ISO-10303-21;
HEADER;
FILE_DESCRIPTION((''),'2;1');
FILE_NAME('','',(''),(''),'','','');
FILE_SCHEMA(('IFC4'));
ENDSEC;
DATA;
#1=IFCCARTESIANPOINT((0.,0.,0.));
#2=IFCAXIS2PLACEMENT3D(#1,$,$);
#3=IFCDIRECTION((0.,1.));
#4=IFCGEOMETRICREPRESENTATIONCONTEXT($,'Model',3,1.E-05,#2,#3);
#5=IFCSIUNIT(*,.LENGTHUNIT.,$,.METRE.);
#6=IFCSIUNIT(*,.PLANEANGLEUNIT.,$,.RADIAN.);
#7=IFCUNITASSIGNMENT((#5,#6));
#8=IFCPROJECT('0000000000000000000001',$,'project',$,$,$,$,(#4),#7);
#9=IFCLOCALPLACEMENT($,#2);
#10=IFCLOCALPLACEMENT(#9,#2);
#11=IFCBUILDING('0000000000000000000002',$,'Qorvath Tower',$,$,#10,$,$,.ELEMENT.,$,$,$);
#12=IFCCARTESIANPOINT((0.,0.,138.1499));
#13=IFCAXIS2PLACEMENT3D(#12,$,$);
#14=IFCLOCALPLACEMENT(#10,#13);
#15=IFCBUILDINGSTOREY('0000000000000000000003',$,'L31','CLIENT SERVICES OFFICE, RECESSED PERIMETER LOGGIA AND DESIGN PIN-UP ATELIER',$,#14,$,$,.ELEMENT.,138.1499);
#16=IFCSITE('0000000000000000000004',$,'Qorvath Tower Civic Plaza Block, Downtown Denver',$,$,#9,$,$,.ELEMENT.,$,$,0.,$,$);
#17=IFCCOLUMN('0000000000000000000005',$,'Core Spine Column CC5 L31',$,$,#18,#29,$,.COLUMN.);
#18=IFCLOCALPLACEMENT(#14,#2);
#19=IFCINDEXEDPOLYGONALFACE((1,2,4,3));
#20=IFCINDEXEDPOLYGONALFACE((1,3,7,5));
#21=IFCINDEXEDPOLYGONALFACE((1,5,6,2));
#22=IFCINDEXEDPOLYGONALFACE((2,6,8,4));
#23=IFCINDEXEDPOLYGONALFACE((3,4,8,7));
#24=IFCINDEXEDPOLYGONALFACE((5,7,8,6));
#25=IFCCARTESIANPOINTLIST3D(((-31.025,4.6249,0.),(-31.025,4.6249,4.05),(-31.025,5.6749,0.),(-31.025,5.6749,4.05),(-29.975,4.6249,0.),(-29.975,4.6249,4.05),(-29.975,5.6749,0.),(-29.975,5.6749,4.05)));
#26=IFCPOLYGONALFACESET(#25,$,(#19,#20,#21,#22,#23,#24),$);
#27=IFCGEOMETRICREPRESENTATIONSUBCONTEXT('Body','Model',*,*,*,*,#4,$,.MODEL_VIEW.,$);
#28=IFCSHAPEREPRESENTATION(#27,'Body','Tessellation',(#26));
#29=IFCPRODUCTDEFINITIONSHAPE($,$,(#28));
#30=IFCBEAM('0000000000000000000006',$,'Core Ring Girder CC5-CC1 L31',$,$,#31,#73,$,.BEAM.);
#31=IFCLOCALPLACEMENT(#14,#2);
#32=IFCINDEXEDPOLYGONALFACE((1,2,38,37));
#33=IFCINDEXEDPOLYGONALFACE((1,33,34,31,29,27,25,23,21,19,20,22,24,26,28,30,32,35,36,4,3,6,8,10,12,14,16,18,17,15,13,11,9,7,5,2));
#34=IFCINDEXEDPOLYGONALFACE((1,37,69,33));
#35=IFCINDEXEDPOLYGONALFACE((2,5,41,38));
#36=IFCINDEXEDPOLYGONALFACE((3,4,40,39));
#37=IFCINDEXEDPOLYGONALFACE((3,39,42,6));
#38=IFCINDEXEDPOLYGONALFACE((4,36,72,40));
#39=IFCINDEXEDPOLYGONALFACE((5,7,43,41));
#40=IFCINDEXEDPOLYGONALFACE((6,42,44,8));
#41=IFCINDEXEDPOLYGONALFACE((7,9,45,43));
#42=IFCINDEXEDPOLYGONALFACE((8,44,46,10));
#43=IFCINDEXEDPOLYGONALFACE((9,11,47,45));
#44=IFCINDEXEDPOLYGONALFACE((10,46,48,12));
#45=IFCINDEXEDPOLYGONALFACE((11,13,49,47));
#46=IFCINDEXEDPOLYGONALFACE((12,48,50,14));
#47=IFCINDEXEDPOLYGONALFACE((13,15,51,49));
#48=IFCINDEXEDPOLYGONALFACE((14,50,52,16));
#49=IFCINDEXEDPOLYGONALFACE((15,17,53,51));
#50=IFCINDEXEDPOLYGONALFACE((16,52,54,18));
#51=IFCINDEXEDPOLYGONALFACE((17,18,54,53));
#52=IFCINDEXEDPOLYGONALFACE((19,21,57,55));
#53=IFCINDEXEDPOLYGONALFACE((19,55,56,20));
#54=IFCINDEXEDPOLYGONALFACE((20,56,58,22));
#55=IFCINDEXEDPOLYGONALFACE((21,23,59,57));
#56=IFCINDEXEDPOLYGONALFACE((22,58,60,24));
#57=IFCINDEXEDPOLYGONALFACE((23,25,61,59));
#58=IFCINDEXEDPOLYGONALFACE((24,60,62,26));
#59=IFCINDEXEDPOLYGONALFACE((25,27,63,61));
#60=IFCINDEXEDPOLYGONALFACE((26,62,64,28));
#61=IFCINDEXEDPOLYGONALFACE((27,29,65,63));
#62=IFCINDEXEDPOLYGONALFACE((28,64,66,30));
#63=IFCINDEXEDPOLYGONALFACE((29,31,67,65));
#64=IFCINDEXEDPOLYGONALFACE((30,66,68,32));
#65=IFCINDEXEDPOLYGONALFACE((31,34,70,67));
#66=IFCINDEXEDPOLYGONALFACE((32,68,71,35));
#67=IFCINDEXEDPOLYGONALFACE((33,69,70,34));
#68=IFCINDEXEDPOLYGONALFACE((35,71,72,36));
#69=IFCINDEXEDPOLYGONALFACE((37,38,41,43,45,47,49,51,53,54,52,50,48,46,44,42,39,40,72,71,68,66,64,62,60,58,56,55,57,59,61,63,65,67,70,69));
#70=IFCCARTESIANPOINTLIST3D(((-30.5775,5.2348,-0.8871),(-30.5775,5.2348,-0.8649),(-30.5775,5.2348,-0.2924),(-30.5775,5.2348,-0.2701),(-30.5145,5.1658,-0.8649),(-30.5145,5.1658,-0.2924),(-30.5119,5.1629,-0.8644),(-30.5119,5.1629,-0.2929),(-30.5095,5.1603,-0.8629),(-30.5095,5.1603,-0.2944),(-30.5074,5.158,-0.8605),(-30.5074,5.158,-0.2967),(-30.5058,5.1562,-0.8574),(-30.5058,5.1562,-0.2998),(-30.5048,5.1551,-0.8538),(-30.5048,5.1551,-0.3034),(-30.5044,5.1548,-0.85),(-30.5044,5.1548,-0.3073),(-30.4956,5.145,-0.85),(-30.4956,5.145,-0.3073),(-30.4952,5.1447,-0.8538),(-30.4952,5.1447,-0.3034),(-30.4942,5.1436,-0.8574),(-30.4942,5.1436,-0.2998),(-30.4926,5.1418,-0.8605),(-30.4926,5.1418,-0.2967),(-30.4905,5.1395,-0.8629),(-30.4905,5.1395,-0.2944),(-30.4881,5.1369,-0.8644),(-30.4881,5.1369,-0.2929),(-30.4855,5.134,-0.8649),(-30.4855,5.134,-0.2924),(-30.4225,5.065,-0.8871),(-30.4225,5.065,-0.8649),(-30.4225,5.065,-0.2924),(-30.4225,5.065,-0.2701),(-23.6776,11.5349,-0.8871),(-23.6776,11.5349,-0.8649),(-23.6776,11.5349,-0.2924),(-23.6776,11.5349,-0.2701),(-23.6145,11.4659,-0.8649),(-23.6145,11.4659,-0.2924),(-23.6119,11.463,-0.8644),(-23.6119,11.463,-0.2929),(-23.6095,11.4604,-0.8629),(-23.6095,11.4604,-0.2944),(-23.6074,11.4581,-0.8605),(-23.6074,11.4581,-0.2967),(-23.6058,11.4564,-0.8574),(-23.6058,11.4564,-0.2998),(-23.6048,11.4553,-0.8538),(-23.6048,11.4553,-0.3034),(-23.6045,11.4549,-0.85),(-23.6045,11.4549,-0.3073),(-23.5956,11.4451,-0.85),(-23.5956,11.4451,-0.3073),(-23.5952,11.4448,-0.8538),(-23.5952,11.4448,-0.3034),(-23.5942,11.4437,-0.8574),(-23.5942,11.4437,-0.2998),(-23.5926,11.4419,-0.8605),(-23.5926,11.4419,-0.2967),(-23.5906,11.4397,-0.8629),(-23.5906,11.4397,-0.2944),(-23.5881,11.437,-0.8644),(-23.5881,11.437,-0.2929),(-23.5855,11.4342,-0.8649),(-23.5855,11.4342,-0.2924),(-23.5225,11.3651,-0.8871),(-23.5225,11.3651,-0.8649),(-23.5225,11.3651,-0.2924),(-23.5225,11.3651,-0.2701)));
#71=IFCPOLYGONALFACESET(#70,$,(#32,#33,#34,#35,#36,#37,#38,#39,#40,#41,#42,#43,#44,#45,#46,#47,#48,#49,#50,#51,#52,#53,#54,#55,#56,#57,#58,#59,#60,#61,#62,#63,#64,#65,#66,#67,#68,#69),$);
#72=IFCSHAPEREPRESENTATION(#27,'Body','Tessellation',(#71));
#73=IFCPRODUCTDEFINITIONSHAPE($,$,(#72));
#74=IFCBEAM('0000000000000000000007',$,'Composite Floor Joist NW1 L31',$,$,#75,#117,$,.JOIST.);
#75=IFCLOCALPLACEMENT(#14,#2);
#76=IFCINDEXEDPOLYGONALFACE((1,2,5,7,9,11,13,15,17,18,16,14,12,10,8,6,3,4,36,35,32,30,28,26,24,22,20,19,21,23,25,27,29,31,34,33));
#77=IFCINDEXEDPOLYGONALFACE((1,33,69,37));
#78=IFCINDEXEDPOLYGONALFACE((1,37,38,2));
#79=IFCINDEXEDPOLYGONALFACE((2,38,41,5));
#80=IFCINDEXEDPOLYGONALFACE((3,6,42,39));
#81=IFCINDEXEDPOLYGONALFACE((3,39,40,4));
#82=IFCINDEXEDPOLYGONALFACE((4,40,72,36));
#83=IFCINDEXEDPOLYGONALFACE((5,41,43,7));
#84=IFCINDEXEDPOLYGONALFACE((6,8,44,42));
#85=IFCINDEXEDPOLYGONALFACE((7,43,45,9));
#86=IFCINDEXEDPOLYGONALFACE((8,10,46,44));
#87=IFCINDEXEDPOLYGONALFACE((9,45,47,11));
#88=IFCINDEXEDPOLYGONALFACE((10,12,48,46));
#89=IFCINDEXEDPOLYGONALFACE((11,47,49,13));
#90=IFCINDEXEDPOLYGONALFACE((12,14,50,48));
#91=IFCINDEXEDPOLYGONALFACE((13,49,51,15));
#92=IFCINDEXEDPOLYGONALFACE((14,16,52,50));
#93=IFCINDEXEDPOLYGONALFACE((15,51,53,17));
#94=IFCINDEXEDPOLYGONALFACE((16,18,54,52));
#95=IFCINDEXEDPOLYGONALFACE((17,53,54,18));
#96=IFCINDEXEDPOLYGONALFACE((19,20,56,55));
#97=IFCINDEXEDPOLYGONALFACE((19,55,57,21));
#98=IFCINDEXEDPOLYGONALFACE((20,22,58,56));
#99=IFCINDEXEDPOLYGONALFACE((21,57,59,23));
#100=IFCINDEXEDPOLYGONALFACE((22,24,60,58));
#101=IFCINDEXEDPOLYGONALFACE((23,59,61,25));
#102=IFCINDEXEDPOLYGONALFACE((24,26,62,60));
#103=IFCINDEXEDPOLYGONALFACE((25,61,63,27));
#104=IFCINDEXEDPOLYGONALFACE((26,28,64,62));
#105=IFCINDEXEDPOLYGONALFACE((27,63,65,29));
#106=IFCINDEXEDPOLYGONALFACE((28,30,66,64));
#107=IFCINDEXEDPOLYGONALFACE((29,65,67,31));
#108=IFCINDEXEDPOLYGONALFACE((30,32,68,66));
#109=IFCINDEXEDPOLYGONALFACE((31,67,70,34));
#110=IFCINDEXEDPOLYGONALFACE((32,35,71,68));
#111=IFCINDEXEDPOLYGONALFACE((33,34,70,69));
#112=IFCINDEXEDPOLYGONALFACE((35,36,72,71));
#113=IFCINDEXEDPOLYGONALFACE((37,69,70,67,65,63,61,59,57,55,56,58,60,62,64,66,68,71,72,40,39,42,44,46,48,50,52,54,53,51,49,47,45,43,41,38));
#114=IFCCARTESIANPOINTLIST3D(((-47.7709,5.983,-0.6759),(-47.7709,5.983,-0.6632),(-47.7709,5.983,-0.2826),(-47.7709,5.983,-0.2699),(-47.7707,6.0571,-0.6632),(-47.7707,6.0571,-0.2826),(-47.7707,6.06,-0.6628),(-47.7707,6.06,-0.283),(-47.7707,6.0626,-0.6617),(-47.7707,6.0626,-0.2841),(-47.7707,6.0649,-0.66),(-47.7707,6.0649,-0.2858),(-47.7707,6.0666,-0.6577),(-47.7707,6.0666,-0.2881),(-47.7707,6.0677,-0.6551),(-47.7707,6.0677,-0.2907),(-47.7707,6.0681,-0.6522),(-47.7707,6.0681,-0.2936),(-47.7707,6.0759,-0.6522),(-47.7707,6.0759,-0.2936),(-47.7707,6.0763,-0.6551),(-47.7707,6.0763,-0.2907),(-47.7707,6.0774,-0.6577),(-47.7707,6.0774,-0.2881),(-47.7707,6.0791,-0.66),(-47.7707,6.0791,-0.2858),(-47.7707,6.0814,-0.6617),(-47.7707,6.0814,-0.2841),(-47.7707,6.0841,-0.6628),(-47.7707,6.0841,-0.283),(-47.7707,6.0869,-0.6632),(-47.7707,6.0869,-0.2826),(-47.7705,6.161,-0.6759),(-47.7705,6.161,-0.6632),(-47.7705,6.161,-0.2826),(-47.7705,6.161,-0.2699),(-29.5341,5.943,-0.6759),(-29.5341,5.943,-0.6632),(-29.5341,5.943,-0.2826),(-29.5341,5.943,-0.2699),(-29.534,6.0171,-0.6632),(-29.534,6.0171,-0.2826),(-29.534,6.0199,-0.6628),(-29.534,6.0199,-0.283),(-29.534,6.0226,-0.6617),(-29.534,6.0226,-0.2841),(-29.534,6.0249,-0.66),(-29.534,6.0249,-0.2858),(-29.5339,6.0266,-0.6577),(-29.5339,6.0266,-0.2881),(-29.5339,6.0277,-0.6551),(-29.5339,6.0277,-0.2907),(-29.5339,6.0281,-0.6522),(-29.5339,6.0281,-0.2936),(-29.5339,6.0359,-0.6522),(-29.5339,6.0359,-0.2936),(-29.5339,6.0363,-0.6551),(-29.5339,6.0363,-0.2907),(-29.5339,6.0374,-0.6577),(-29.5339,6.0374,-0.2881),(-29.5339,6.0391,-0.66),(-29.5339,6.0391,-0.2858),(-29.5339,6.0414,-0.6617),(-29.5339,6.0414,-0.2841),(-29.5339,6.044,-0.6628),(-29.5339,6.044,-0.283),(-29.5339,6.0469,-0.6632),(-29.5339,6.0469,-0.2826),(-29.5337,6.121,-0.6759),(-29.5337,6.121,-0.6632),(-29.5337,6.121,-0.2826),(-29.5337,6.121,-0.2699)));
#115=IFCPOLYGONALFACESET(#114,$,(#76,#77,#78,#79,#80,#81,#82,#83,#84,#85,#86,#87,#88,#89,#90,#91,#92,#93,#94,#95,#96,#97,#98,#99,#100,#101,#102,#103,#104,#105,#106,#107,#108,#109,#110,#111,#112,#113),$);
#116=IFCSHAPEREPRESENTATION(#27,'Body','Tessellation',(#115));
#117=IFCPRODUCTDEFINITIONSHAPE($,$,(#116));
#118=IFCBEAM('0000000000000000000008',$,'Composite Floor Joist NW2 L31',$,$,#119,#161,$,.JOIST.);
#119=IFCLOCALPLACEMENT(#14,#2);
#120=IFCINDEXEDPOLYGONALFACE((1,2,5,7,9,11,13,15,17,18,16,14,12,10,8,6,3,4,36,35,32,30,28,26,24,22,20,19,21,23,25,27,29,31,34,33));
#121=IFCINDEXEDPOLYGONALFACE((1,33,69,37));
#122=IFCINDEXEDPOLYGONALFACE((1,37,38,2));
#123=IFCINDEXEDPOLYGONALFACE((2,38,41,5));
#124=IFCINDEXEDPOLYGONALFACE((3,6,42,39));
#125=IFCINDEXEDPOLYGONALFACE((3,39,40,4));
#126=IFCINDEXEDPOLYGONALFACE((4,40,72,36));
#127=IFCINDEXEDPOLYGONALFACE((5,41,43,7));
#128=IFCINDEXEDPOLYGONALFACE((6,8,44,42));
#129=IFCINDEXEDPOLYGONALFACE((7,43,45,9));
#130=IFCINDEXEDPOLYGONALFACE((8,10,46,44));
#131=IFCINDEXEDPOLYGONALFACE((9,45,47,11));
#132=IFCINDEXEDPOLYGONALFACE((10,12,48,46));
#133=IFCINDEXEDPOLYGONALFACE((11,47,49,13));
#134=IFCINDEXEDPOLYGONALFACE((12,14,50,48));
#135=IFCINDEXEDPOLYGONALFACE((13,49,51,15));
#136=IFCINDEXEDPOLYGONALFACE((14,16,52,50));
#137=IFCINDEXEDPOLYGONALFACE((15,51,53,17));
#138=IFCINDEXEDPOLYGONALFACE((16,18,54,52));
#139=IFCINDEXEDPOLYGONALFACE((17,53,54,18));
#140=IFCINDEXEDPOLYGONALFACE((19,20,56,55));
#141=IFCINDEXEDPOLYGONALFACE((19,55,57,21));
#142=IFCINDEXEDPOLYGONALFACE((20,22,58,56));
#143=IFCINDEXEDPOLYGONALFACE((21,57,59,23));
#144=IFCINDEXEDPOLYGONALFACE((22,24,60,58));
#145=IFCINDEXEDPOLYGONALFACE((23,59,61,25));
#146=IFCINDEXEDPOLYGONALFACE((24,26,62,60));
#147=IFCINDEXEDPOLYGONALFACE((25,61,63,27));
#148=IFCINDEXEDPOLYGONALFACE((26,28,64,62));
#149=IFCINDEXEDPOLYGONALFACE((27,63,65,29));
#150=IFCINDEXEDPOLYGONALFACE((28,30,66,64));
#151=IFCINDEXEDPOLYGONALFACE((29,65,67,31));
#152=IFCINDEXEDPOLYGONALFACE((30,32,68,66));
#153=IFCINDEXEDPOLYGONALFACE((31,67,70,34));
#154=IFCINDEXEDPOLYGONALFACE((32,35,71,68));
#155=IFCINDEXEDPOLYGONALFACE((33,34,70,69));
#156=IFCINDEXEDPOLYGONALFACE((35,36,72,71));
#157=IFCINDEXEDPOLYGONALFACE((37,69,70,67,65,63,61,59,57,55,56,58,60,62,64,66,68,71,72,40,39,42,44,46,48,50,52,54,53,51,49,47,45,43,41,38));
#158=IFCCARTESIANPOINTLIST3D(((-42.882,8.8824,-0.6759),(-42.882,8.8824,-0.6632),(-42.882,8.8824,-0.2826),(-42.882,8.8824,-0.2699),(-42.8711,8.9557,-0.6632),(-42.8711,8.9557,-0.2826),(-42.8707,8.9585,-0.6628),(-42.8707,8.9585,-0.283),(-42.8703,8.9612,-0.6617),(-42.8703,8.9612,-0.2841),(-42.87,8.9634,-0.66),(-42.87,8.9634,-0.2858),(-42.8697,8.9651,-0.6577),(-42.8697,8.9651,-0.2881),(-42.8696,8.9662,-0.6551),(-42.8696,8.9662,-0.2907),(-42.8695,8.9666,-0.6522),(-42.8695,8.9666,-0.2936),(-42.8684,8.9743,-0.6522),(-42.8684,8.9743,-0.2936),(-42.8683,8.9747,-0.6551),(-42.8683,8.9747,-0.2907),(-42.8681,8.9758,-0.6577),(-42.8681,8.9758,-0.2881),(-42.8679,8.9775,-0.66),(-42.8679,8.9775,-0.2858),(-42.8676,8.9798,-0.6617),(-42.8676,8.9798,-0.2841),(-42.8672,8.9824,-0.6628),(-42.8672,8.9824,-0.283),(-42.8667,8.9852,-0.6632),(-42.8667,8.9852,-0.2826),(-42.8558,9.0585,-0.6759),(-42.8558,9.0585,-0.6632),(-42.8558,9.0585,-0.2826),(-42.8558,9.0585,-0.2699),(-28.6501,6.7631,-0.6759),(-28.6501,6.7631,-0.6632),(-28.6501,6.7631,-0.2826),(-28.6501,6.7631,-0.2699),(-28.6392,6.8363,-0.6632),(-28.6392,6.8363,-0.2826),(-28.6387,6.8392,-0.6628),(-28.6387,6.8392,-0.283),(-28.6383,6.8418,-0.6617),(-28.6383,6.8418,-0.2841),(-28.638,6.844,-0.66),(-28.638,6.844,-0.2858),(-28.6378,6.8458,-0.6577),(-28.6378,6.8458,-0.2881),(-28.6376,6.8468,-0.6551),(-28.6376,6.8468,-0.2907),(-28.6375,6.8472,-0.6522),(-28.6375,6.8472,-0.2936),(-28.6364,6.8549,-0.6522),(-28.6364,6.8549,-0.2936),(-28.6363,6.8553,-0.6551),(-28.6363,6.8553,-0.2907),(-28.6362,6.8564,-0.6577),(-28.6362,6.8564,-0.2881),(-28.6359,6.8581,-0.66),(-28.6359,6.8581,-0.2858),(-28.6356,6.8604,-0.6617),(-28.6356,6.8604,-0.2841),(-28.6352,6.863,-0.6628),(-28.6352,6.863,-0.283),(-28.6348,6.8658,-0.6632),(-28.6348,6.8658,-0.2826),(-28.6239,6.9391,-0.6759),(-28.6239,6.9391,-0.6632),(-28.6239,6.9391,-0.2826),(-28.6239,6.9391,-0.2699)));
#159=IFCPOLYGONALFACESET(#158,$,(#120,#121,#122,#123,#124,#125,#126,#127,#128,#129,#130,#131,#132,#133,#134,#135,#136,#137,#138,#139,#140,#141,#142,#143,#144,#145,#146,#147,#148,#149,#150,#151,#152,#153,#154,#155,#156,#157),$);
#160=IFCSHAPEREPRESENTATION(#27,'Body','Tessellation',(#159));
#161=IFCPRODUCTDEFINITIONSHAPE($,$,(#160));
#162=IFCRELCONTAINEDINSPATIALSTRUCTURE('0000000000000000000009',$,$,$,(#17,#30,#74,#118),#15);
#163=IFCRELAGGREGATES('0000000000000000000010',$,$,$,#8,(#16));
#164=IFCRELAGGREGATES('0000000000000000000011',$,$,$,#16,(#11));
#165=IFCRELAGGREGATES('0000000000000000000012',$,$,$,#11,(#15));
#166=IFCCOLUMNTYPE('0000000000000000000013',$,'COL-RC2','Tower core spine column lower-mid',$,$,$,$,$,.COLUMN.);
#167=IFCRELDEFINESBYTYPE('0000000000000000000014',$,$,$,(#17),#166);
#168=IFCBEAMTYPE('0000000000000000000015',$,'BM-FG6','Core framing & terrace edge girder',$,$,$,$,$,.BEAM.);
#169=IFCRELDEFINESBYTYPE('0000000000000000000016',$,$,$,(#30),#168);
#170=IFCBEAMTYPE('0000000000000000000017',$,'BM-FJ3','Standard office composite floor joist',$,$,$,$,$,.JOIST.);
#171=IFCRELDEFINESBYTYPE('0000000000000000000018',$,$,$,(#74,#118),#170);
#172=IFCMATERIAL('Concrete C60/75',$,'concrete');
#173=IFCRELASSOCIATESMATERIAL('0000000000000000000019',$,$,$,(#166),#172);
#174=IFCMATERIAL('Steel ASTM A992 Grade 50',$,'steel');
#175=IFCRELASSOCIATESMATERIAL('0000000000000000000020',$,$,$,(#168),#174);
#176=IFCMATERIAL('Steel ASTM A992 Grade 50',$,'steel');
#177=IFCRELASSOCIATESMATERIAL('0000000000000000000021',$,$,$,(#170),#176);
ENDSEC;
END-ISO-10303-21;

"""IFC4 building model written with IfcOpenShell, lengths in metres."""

from ifc_helpers import new_model, si_unit, direction, frame, origin, origin_2d, place, context, subcontext, project, spatial, rectangle, i_section, extrude, material, material_profile, profile_set, type_object, element, save


model = new_model("IFC4")

# Units and contexts
model_context = context("Model", 3, precision=1e-05, world=origin(), true_north=direction((0.0, 1.0)))
body_context = subcontext(model_context, "Body", "Model", "MODEL_VIEW")
ifc_project = project(units=[si_unit("LENGTHUNIT", "METRE"), si_unit("PLANEANGLEUNIT", "RADIAN")], contexts=[model_context])

# Site, building, storey
site_placement = place(None, origin())
site = spatial("IfcSite", under=ifc_project, at=site_placement, Name="Qorvath Tower Civic Plaza Block, Downtown Denver", CompositionType="ELEMENT", RefElevation=0.0)
building_placement = place(site_placement, origin())
building = spatial("IfcBuilding", under=site, at=building_placement, Name="Qorvath Tower", CompositionType="ELEMENT")
storey_placement = place(building_placement, frame((0.0, 0.0, 138.1499)))
storey = spatial("IfcBuildingStorey", under=building, at=storey_placement, Name="L31", Description="CLIENT SERVICES OFFICE, RECESSED PERIMETER LOGGIA AND DESIGN PIN-UP ATELIER", CompositionType="ELEMENT", Elevation=138.1499)

# Column
ifc_material_1 = material(Name="Concrete C60/75", Category="concrete")
ifc_material_profile_1 = material_profile(ifc_material_1, rectangle(XDim=1.05, YDim=1.05, at=origin_2d()), Name="RC 1050x1050")
ifc_profile_set_1 = profile_set([ifc_material_profile_1], Name="Concrete C60/75")
column_type = type_object("IfcColumnType", Name="COL-RC2", Description="Tower core spine column lower-mid", PredefinedType="COLUMN", material=ifc_profile_set_1)
column_placement = place(storey_placement, frame((-30.5, 5.1499, 0.0), z_axis=(0.0, 0.0, 1.0), x_axis=(1.0, 0.0, 0.0)))
element("IfcColumn", 1, at=column_placement, inside=storey, type_object=column_type, Name="Core Spine Column CC5 L31", PredefinedType="COLUMN", context=body_context, shape_type="SweptSolid", body=[
    extrude(rectangle(XDim=1.05, YDim=1.05, at=origin_2d()), origin(), (0.0, 0.0, 1.0), 4.05),
])

# Beams
ifc_material_2 = material(Name="Steel ASTM A992 Grade 50", Category="steel")
ifc_material_profile_2 = material_profile(ifc_material_2, i_section(OverallWidth=0.23, OverallDepth=0.6169, WebThickness=0.0132, FlangeThickness=0.0222, FilletRadius=0.0149, at=origin_2d()), Name="W24x94")
ifc_profile_set_2 = profile_set([ifc_material_profile_2], Name="Steel ASTM A992 Grade 50")
beam_type_1 = type_object("IfcBeamType", Name="BM-FG6", Description="Core framing & terrace edge girder", PredefinedType="BEAM", material=ifc_profile_set_2)
beam_1_placement = place(storey_placement, frame((-30.5, 5.1499, -0.5786), z_axis=(0.738478, 0.674277, 0.0), x_axis=(-0.674277, 0.738478, 0.0)))
element("IfcBeam", 2, at=beam_1_placement, inside=storey, type_object=beam_type_1, Name="Core Ring Girder CC5-CC1 L31", PredefinedType="BEAM", context=body_context, shape_type="SweptSolid", body=[
    extrude(i_section(OverallWidth=0.23, OverallDepth=0.6169, WebThickness=0.0132, FlangeThickness=0.0222, FilletRadius=0.0149, at=origin_2d()), origin(), (0.0, 0.0, 1.0), 9.3435),
])
ifc_material_3 = material(Name="Steel ASTM A992 Grade 50", Category="steel")
ifc_material_profile_3 = material_profile(ifc_material_3, i_section(OverallWidth=0.178, OverallDepth=0.406, WebThickness=0.0078, FlangeThickness=0.0127, FilletRadius=0.011, at=origin_2d()), Name="W16x40")
ifc_profile_set_3 = profile_set([ifc_material_profile_3], Name="Steel ASTM A992 Grade 50")
beam_type_2 = type_object("IfcBeamType", Name="BM-FJ3", Description="Standard office composite floor joist", PredefinedType="JOIST", material=ifc_profile_set_3)
beam_2_placement = place(storey_placement, frame((-29.5339, 6.032, -0.4729), z_axis=(-0.999998, 0.002196, 0.0), x_axis=(-0.002196, -0.999998, 0.0)))
element("IfcBeam", 3, at=beam_2_placement, inside=storey, type_object=beam_type_2, Name="Composite Floor Joist NW1 L31", PredefinedType="JOIST", context=body_context, shape_type="SweptSolid", body=[
    extrude(i_section(OverallWidth=0.178, OverallDepth=0.406, WebThickness=0.0078, FlangeThickness=0.0127, FilletRadius=0.011, at=origin_2d()), origin(), (0.0, 0.0, 1.0), 18.2368),
])
beam_3_placement = place(storey_placement, frame((-28.637, 6.8511, -0.4729), z_axis=(-0.989093, 0.147293, 0.0), x_axis=(-0.147293, -0.989093, 0.0)))
element("IfcBeam", 4, at=beam_3_placement, inside=storey, type_object=beam_type_2, Name="Composite Floor Joist NW2 L31", PredefinedType="JOIST", context=body_context, shape_type="SweptSolid", body=[
    extrude(i_section(OverallWidth=0.178, OverallDepth=0.406, WebThickness=0.0078, FlangeThickness=0.0127, FilletRadius=0.011, at=origin_2d()), origin(), (0.0, 0.0, 1.0), 14.3889),
])

save(model, "model.ifc")
